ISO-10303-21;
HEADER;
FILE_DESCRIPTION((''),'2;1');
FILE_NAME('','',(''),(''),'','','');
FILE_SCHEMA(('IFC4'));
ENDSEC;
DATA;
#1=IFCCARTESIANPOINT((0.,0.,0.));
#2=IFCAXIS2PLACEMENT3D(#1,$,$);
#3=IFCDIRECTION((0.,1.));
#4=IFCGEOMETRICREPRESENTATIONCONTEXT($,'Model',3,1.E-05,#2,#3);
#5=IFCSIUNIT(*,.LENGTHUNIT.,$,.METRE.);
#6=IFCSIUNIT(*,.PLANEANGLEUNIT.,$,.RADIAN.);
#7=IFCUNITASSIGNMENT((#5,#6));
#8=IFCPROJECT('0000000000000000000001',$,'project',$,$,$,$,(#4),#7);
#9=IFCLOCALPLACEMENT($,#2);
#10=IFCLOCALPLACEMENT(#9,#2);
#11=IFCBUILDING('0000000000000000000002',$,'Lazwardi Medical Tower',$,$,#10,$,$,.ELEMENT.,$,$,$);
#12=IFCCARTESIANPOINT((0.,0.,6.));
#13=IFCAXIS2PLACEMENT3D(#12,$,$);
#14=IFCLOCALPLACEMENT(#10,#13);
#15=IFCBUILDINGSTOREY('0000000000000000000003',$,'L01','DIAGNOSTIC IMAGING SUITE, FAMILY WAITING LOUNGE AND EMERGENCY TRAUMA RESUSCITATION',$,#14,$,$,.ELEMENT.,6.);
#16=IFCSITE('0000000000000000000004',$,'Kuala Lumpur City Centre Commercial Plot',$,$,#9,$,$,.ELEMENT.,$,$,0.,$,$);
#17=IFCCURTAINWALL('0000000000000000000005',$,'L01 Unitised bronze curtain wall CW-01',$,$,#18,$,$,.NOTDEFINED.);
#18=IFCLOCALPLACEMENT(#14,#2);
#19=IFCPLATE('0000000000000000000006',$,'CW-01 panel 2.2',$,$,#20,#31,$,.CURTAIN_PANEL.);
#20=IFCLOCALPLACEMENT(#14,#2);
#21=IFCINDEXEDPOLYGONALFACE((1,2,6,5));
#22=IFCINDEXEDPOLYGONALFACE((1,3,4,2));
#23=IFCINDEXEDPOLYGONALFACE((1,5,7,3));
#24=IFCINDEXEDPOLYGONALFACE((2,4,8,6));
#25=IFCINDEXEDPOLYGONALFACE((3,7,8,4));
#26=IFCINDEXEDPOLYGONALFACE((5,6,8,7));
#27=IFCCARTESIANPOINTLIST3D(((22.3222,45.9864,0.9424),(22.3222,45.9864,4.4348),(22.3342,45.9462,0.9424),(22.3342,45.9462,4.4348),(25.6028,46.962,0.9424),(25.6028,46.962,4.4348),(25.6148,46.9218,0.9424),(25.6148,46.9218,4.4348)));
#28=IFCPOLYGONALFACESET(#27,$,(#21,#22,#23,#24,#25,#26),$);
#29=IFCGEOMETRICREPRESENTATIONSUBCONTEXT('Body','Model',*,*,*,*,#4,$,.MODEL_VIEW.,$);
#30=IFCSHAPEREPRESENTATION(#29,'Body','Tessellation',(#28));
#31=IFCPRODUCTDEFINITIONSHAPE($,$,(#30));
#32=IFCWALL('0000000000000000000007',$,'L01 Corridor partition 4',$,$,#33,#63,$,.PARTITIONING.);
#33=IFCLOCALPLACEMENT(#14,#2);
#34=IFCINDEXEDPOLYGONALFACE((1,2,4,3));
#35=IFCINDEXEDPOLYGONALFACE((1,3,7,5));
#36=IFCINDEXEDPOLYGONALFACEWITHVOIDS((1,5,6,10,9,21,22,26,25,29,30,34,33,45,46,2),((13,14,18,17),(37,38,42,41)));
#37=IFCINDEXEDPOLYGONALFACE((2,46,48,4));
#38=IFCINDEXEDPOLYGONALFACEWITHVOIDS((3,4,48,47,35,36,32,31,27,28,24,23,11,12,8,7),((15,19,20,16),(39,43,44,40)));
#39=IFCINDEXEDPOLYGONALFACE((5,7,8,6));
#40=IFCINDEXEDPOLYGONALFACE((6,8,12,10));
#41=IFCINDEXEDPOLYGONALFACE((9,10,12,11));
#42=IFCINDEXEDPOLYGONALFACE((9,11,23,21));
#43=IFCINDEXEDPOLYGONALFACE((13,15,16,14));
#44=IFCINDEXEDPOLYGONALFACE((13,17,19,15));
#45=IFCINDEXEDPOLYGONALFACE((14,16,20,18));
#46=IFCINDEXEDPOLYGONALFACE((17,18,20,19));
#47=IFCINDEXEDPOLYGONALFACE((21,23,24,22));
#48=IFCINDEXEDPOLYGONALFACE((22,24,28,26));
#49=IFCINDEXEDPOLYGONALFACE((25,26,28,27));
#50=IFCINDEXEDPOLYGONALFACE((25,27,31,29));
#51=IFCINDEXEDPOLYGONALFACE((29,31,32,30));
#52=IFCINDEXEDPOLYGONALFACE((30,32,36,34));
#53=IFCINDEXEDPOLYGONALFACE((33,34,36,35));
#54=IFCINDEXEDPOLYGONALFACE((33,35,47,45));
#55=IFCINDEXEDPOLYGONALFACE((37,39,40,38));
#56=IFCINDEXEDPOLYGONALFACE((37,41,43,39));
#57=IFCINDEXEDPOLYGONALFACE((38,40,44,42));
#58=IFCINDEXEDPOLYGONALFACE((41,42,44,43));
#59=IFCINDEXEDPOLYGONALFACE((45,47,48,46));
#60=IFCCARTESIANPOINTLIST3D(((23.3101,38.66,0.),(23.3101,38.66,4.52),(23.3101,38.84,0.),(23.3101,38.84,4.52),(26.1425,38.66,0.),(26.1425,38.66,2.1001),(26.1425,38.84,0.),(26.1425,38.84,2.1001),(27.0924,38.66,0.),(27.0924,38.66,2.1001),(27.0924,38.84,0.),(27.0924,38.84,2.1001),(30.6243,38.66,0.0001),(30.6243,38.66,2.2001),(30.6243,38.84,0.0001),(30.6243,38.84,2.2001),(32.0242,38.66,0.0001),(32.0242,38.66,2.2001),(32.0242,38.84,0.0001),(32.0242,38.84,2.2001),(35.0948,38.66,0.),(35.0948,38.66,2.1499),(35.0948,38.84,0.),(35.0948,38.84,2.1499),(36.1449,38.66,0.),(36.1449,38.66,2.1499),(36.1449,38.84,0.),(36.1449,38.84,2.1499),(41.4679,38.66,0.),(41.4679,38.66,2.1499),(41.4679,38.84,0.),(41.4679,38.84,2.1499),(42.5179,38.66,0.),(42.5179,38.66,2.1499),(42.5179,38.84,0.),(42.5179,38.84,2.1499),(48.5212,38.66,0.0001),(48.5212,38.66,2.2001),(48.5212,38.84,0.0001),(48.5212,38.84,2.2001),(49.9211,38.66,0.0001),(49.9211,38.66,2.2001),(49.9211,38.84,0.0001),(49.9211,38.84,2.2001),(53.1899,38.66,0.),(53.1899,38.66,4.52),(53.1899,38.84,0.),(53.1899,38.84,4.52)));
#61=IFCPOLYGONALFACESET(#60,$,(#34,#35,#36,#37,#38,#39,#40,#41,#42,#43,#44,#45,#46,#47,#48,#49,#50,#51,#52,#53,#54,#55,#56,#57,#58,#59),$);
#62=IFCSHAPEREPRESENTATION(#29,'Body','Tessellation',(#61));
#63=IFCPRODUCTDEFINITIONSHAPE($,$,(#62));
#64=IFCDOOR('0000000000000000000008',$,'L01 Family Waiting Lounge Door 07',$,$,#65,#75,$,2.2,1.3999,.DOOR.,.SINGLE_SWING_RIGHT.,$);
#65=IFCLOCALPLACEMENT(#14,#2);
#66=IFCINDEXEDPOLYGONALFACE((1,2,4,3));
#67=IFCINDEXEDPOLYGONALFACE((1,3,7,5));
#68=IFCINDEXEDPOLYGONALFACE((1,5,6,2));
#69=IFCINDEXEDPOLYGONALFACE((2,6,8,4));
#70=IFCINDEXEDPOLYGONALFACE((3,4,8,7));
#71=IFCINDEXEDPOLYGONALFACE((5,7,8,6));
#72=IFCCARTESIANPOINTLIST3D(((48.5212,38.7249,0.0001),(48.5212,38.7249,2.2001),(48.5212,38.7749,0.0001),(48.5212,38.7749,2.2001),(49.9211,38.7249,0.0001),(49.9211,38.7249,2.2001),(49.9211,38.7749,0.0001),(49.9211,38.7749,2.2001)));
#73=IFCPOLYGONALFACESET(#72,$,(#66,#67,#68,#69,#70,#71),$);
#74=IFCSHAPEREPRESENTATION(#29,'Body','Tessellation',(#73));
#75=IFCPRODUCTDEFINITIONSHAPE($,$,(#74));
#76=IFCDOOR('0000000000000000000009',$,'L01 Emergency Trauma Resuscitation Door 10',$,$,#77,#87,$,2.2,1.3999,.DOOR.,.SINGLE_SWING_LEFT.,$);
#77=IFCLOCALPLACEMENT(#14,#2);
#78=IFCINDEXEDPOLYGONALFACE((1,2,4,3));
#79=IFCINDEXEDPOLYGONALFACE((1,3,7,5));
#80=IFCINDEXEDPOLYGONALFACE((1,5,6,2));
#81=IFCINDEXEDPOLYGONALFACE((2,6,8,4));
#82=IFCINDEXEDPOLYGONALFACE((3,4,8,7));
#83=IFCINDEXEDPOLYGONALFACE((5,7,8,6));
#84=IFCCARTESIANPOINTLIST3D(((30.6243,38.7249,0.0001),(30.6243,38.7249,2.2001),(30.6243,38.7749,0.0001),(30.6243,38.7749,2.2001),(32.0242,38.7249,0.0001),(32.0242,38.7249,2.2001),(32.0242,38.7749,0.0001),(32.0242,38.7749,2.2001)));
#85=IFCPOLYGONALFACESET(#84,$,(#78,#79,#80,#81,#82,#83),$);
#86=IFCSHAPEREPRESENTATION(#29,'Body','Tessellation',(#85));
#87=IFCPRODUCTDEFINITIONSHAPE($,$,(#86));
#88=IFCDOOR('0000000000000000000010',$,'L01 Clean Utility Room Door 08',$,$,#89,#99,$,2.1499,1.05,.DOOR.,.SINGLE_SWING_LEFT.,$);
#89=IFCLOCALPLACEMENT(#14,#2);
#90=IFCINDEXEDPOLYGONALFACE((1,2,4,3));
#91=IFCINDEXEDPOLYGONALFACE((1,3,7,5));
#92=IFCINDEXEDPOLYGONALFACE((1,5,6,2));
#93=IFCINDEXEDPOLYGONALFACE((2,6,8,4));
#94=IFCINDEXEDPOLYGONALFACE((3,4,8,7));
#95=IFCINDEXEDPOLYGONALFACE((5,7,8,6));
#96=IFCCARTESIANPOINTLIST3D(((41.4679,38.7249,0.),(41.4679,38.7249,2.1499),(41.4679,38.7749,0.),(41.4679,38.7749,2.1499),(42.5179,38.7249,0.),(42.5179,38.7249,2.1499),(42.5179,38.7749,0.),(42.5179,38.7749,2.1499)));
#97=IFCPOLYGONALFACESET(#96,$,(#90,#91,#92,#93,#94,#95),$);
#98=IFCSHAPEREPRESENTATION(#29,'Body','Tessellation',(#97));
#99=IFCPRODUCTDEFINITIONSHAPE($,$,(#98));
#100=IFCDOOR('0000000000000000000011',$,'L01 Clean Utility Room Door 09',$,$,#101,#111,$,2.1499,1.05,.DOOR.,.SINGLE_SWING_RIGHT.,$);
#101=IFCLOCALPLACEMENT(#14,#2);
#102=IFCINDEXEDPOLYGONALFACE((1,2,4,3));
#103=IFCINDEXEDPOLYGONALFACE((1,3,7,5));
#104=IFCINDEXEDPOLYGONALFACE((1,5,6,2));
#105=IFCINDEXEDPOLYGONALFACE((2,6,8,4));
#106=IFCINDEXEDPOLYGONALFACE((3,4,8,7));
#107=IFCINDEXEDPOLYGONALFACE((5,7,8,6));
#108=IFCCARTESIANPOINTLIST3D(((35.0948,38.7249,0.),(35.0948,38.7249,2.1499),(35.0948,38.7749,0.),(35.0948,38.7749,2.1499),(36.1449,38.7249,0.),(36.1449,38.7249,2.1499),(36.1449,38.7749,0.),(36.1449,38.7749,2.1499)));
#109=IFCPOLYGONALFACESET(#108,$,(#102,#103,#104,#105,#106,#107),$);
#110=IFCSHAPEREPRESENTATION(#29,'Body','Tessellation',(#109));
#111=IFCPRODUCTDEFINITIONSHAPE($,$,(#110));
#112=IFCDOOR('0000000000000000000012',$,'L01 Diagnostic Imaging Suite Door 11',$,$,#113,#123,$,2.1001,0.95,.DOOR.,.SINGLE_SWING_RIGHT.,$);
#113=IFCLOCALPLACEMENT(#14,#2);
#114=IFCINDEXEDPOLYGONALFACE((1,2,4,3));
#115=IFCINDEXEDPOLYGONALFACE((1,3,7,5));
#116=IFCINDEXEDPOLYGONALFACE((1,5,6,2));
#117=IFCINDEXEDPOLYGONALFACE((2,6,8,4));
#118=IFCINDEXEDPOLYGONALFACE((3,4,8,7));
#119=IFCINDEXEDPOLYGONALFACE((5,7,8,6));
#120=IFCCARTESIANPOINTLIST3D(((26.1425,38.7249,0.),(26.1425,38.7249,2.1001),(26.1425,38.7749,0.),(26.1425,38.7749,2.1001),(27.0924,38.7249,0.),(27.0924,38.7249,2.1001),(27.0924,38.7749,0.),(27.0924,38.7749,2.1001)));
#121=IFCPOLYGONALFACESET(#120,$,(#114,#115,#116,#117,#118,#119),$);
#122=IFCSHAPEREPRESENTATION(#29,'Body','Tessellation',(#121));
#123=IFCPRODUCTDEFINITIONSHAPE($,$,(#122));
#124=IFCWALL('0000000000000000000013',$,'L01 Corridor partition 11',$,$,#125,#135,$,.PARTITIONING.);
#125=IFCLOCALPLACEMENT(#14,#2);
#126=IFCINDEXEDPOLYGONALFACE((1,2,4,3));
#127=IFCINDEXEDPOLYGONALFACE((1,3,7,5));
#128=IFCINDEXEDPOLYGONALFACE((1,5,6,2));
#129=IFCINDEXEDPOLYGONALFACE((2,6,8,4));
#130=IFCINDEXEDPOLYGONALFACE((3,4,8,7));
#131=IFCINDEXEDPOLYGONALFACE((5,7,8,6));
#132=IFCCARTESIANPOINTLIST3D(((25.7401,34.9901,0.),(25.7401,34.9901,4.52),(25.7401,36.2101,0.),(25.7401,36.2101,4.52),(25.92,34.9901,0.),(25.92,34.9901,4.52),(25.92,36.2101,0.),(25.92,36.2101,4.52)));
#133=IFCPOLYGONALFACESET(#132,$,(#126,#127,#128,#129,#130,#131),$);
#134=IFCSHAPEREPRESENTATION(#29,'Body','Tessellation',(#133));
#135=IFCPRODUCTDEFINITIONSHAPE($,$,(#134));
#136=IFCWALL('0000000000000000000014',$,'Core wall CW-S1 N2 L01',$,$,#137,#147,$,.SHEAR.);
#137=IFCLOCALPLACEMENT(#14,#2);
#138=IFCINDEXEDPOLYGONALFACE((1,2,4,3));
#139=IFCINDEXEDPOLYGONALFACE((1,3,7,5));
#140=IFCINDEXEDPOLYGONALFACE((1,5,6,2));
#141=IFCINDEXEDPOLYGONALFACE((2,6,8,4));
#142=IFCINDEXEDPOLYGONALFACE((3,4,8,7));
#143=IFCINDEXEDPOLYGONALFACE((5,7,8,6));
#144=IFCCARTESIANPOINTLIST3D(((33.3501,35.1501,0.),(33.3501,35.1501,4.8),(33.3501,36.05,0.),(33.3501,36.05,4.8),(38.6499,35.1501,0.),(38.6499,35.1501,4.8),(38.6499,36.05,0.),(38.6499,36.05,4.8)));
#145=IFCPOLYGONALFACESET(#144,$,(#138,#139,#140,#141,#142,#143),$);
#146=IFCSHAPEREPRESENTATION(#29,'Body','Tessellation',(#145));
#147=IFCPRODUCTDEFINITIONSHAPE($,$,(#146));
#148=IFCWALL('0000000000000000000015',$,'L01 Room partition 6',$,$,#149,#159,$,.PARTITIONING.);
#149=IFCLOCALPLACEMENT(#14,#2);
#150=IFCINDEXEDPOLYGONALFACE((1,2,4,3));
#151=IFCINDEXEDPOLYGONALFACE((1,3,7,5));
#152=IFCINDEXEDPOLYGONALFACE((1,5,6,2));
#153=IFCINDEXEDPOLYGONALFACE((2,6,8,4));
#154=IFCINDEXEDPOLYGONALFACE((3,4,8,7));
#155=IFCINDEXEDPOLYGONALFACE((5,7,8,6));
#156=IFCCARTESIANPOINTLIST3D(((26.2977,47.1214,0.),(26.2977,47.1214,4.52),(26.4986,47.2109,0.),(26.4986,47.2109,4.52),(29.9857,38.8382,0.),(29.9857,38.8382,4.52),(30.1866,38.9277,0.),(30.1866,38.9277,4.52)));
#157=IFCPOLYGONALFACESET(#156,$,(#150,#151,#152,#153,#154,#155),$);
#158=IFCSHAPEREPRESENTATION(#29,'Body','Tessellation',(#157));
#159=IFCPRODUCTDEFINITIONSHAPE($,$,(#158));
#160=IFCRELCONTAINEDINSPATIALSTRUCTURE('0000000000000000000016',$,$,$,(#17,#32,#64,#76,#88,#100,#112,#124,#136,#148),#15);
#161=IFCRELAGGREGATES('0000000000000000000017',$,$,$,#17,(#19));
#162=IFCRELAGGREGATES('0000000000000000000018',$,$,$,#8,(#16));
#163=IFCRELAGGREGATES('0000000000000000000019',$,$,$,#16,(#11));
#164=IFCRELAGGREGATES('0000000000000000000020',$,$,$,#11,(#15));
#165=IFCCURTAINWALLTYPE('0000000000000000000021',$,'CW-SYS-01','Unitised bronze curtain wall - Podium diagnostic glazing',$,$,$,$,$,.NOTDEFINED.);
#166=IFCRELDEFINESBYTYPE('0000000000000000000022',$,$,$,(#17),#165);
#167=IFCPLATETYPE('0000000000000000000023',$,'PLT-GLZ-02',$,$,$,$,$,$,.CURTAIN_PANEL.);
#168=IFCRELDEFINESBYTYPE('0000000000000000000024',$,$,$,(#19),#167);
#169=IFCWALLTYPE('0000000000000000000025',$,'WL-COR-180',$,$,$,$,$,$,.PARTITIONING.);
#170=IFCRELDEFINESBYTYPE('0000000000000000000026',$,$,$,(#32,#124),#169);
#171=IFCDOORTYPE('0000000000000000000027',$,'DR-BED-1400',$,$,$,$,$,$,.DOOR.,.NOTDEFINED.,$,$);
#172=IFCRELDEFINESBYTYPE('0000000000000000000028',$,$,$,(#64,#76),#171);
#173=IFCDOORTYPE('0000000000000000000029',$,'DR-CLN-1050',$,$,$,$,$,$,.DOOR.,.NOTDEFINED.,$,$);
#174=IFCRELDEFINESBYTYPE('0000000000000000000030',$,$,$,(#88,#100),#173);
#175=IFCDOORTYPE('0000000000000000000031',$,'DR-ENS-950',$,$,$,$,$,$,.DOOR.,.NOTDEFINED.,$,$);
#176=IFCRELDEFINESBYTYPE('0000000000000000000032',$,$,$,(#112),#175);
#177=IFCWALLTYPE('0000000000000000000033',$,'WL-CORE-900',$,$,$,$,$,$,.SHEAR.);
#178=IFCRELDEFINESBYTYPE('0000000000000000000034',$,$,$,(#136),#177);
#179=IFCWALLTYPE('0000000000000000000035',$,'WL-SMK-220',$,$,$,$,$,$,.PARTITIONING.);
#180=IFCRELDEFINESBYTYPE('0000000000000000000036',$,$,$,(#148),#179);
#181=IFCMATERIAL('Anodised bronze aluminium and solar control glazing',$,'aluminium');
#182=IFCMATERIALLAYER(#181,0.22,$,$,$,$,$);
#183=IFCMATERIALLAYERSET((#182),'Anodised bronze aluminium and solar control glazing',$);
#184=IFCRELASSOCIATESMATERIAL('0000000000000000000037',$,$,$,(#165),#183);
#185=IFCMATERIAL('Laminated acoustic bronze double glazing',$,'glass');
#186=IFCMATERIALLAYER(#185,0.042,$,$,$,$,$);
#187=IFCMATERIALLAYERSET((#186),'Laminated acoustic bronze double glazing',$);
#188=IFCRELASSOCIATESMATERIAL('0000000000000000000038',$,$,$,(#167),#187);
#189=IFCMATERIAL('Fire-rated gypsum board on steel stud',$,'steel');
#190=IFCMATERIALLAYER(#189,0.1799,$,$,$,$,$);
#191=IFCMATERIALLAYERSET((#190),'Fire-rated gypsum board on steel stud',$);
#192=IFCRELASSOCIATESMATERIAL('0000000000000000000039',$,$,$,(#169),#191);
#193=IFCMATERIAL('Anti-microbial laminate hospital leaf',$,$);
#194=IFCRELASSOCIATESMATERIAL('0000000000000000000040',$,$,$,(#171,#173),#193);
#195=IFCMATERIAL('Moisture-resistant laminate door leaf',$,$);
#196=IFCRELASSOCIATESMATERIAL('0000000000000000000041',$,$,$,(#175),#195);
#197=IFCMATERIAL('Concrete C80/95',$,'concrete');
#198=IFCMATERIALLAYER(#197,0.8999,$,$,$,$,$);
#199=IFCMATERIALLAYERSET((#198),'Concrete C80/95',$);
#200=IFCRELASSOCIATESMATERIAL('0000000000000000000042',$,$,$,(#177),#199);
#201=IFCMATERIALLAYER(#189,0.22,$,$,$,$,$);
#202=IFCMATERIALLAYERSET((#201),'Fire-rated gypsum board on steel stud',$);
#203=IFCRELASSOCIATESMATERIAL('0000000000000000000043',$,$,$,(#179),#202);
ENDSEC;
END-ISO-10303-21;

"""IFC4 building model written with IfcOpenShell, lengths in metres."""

from ifc_helpers import new_model, si_unit, direction, frame, frame_2d, origin, origin_2d, place, context, subcontext, project, spatial, rectangle, extrude, material, layer, layer_set, type_object, element, fill, aggregate, save


model = new_model("IFC4")

# Units and contexts
model_context = context("Model", 3, precision=1e-05, world=origin(), true_north=direction((0.0, 1.0)))
body_context = subcontext(model_context, "Body", "Model", "MODEL_VIEW")
ifc_project = project(units=[si_unit("LENGTHUNIT", "METRE"), si_unit("PLANEANGLEUNIT", "RADIAN")], contexts=[model_context])

# Site, building, storey
site_placement = place(None, origin())
site = spatial("IfcSite", under=ifc_project, at=site_placement, Name="Kuala Lumpur City Centre Commercial Plot", CompositionType="ELEMENT", RefElevation=0.0)
building_placement = place(site_placement, origin())
building = spatial("IfcBuilding", under=site, at=building_placement, Name="Lazwardi Medical Tower", CompositionType="ELEMENT")
storey_placement = place(building_placement, frame((0.0, 0.0, 6.0)))
storey = spatial("IfcBuildingStorey", under=building, at=storey_placement, Name="L01", Description="DIAGNOSTIC IMAGING SUITE, FAMILY WAITING LOUNGE AND EMERGENCY TRAUMA RESUSCITATION", CompositionType="ELEMENT", Elevation=6.0)

# Curtain wall, plate
ifc_material_1 = material(Name="Anodised bronze aluminium and solar control glazing", Category="aluminium")
ifc_layer_1 = layer(ifc_material_1, 0.22)
ifc_layer_set_1 = layer_set([ifc_layer_1], Name="Anodised bronze aluminium and solar control glazing")
curtain_wall_type = type_object("IfcCurtainWallType", Name="CW-SYS-01", Description="Unitised bronze curtain wall - Podium diagnostic glazing", PredefinedType="NOTDEFINED", material=ifc_layer_set_1)
curtain_wall_placement = place(storey_placement, origin())
curtain_wall = element("IfcCurtainWall", 1, at=curtain_wall_placement, inside=storey, type_object=curtain_wall_type, Name="L01 Unitised bronze curtain wall CW-01", PredefinedType="NOTDEFINED")
ifc_material_2 = material(Name="Laminated acoustic bronze double glazing", Category="glass")
ifc_layer_2 = layer(ifc_material_2, 0.042)
ifc_layer_set_2 = layer_set([ifc_layer_2], Name="Laminated acoustic bronze double glazing")
plate_type_1 = type_object("IfcPlateType", Name="PLT-GLZ-02", PredefinedType="CURTAIN_PANEL", material=ifc_layer_set_2)
plate_1_placement = place(storey_placement, frame((23.9685, 46.4541, 0.9424), z_axis=(0.0, 0.0, 1.0), x_axis=(-0.958513, -0.285047, 0.0)))
plate_1 = element("IfcPlate", 2, at=plate_1_placement, type_object=plate_type_1, Name="CW-01 panel 2.2", PredefinedType="CURTAIN_PANEL", context=body_context, shape_type="SweptSolid", body=[
    extrude(rectangle(XDim=3.4226, YDim=0.042, at=origin_2d()), origin(), (0.0, 0.0, 1.0), 3.4924),
])
aggregate(curtain_wall, [plate_1])

# Wall, openings, doors
ifc_material_3 = material(Name="Fire-rated gypsum board on steel stud", Category="steel")
ifc_layer_3 = layer(ifc_material_3, 0.1799)
ifc_layer_set_3 = layer_set([ifc_layer_3], Name="Fire-rated gypsum board on steel stud")
wall_type_1 = type_object("IfcWallType", Name="WL-COR-180", PredefinedType="PARTITIONING", material=ifc_layer_set_3)
wall_1_placement = place(storey_placement, frame((23.3101, 38.75, 0.0), z_axis=(0.0, 0.0, 1.0), x_axis=(1.0, 0.0, 0.0)))
wall_1 = element("IfcWall", 3, at=wall_1_placement, inside=storey, type_object=wall_type_1, Name="L01 Corridor partition 4", PredefinedType="PARTITIONING", context=body_context, shape_type="SweptSolid", body=[
    extrude(rectangle(XDim=29.8799, YDim=0.1799, at=frame_2d((14.9399, 0.0))), origin(), (0.0, 0.0, 1.0), 4.52),
])
opening_1_placement = place(wall_1_placement, frame((25.2112, 0.0, 0.0)))
opening_1 = element("IfcOpeningElement", 4, at=opening_1_placement, cuts=wall_1, PredefinedType="OPENING", context=body_context, shape_type="SweptSolid", body=[
    extrude(rectangle(XDim=1.3999, YDim=2.2, at=frame_2d((0.7, 1.1001))), frame((0.0, 0.0999, 0.0), z_axis=(0.0, -1.0, 0.0), x_axis=(1.0, 0.0, 0.0)), (0.0, 0.0, 1.0), 0.2),
])
opening_2_placement = place(wall_1_placement, frame((18.158, 0.0, 0.0)))
opening_2 = element("IfcOpeningElement", 5, at=opening_2_placement, cuts=wall_1, PredefinedType="OPENING", context=body_context, shape_type="SweptSolid", body=[
    extrude(rectangle(XDim=1.05, YDim=2.1499, at=frame_2d((0.5249, 1.075))), frame((0.0, 0.0999, 0.0), z_axis=(0.0, -1.0, 0.0), x_axis=(1.0, 0.0, 0.0)), (0.0, 0.0, 1.0), 0.2),
])
opening_3_placement = place(wall_1_placement, frame((11.7849, 0.0, 0.0)))
opening_3 = element("IfcOpeningElement", 6, at=opening_3_placement, cuts=wall_1, PredefinedType="OPENING", context=body_context, shape_type="SweptSolid", body=[
    extrude(rectangle(XDim=1.05, YDim=2.1499, at=frame_2d((0.5249, 1.075))), frame((0.0, 0.0999, 0.0), z_axis=(0.0, -1.0, 0.0), x_axis=(1.0, 0.0, 0.0)), (0.0, 0.0, 1.0), 0.2),
])
opening_4_placement = place(wall_1_placement, frame((7.3142, 0.0, 0.0)))
opening_4 = element("IfcOpeningElement", 7, at=opening_4_placement, cuts=wall_1, PredefinedType="OPENING", context=body_context, shape_type="SweptSolid", body=[
    extrude(rectangle(XDim=1.3999, YDim=2.2, at=frame_2d((0.7, 1.1001))), frame((0.0, 0.0999, 0.0), z_axis=(0.0, -1.0, 0.0), x_axis=(1.0, 0.0, 0.0)), (0.0, 0.0, 1.0), 0.2),
])
opening_5_placement = place(wall_1_placement, frame((2.8323, 0.0, 0.0)))
opening_5 = element("IfcOpeningElement", 8, at=opening_5_placement, cuts=wall_1, PredefinedType="OPENING", context=body_context, shape_type="SweptSolid", body=[
    extrude(rectangle(XDim=0.95, YDim=2.1001, at=frame_2d((0.4751, 1.05))), frame((0.0, 0.0999, 0.0), z_axis=(0.0, -1.0, 0.0), x_axis=(1.0, 0.0, 0.0)), (0.0, 0.0, 1.0), 0.2),
])
ifc_material_4 = material(Name="Anti-microbial laminate hospital leaf")
door_type_1 = type_object("IfcDoorType", Name="DR-BED-1400", OperationType="NOTDEFINED", PredefinedType="DOOR", material=ifc_material_4)
door_1_placement = place(opening_1_placement, origin())
door_1 = element("IfcDoor", 9, at=door_1_placement, inside=storey, type_object=door_type_1, Name="L01 Family Waiting Lounge Door 07", OperationType="SINGLE_SWING_RIGHT", OverallHeight=2.2, OverallWidth=1.3999, PredefinedType="DOOR", context=body_context, shape_type="SweptSolid", body=[
    extrude(rectangle(XDim=1.3999, YDim=2.2, at=frame_2d((0.7, 1.1001))), frame((0.0, 0.0249, 0.0), z_axis=(0.0, -1.0, 0.0), x_axis=(1.0, 0.0, 0.0)), (0.0, 0.0, 1.0), 0.05),
])
fill(opening_1, door_1)
door_2_placement = place(opening_4_placement, origin())
door_2 = element("IfcDoor", 10, at=door_2_placement, inside=storey, type_object=door_type_1, Name="L01 Emergency Trauma Resuscitation Door 10", OperationType="SINGLE_SWING_LEFT", OverallHeight=2.2, OverallWidth=1.3999, PredefinedType="DOOR", context=body_context, shape_type="SweptSolid", body=[
    extrude(rectangle(XDim=1.3999, YDim=2.2, at=frame_2d((0.7, 1.1001))), frame((0.0, 0.0249, 0.0), z_axis=(0.0, -1.0, 0.0), x_axis=(1.0, 0.0, 0.0)), (0.0, 0.0, 1.0), 0.05),
])
fill(opening_4, door_2)
door_type_2 = type_object("IfcDoorType", Name="DR-CLN-1050", OperationType="NOTDEFINED", PredefinedType="DOOR", material=ifc_material_4)
door_3_placement = place(opening_2_placement, origin())
door_3 = element("IfcDoor", 11, at=door_3_placement, inside=storey, type_object=door_type_2, Name="L01 Clean Utility Room Door 08", OperationType="SINGLE_SWING_LEFT", OverallHeight=2.1499, OverallWidth=1.05, PredefinedType="DOOR", context=body_context, shape_type="SweptSolid", body=[
    extrude(rectangle(XDim=1.05, YDim=2.1499, at=frame_2d((0.5249, 1.075))), frame((0.0, 0.0249, 0.0), z_axis=(0.0, -1.0, 0.0), x_axis=(1.0, 0.0, 0.0)), (0.0, 0.0, 1.0), 0.05),
])
fill(opening_2, door_3)
door_4_placement = place(opening_3_placement, origin())
door_4 = element("IfcDoor", 12, at=door_4_placement, inside=storey, type_object=door_type_2, Name="L01 Clean Utility Room Door 09", OperationType="SINGLE_SWING_RIGHT", OverallHeight=2.1499, OverallWidth=1.05, PredefinedType="DOOR", context=body_context, shape_type="SweptSolid", body=[
    extrude(rectangle(XDim=1.05, YDim=2.1499, at=frame_2d((0.5249, 1.075))), frame((0.0, 0.0249, 0.0), z_axis=(0.0, -1.0, 0.0), x_axis=(1.0, 0.0, 0.0)), (0.0, 0.0, 1.0), 0.05),
])
fill(opening_3, door_4)
ifc_material_5 = material(Name="Moisture-resistant laminate door leaf")
door_type_3 = type_object("IfcDoorType", Name="DR-ENS-950", OperationType="NOTDEFINED", PredefinedType="DOOR", material=ifc_material_5)
door_5_placement = place(opening_5_placement, origin())
door_5 = element("IfcDoor", 13, at=door_5_placement, inside=storey, type_object=door_type_3, Name="L01 Diagnostic Imaging Suite Door 11", OperationType="SINGLE_SWING_RIGHT", OverallHeight=2.1001, OverallWidth=0.95, PredefinedType="DOOR", context=body_context, shape_type="SweptSolid", body=[
    extrude(rectangle(XDim=0.95, YDim=2.1001, at=frame_2d((0.4751, 1.05))), frame((0.0, 0.0249, 0.0), z_axis=(0.0, -1.0, 0.0), x_axis=(1.0, 0.0, 0.0)), (0.0, 0.0, 1.0), 0.05),
])
fill(opening_5, door_5)

# Walls
wall_2_placement = place(storey_placement, frame((25.8301, 36.21, 0.0), z_axis=(0.0, 0.0, 1.0), x_axis=(0.0, -1.0, 0.0)))
element("IfcWall", 14, at=wall_2_placement, inside=storey, type_object=wall_type_1, Name="L01 Corridor partition 11", PredefinedType="PARTITIONING", context=body_context, shape_type="SweptSolid", body=[
    extrude(rectangle(XDim=1.22, YDim=0.1799, at=frame_2d((0.6099, 0.0))), origin(), (0.0, 0.0, 1.0), 4.52),
])
ifc_material_6 = material(Name="Concrete C80/95", Category="concrete")
ifc_layer_4 = layer(ifc_material_6, 0.8999)
ifc_layer_set_4 = layer_set([ifc_layer_4], Name="Concrete C80/95")
wall_type_2 = type_object("IfcWallType", Name="WL-CORE-900", PredefinedType="SHEAR", material=ifc_layer_set_4)
wall_3_placement = place(storey_placement, frame((33.3501, 35.6001, 0.0), z_axis=(0.0, 0.0, 1.0), x_axis=(1.0, 0.0, 0.0)))
element("IfcWall", 15, at=wall_3_placement, inside=storey, type_object=wall_type_2, Name="Core wall CW-S1 N2 L01", PredefinedType="SHEAR", context=body_context, shape_type="SweptSolid", body=[
    extrude(rectangle(XDim=5.2998, YDim=0.8999, at=frame_2d((2.6499, 0.0))), origin(), (0.0, 0.0, 1.0), 4.8),
])
ifc_layer_5 = layer(ifc_material_3, 0.22)
ifc_layer_set_5 = layer_set([ifc_layer_5], Name="Fire-rated gypsum board on steel stud")
wall_type_3 = type_object("IfcWallType", Name="WL-SMK-220", PredefinedType="PARTITIONING", material=ifc_layer_set_5)
wall_4_placement = place(storey_placement, frame((30.0862, 38.8828, 0.0), z_axis=(0.0, 0.0, 1.0), x_axis=(-0.406743, 0.913543, 0.0)))
element("IfcWall", 16, at=wall_4_placement, inside=storey, type_object=wall_type_3, Name="L01 Room partition 6", PredefinedType="PARTITIONING", context=body_context, shape_type="SweptSolid", body=[
    extrude(rectangle(XDim=9.0671, YDim=0.22, at=frame_2d((4.5337, 0.0))), origin(), (0.0, 0.0, 1.0), 4.52),
])

save(model, "model.ifc")
